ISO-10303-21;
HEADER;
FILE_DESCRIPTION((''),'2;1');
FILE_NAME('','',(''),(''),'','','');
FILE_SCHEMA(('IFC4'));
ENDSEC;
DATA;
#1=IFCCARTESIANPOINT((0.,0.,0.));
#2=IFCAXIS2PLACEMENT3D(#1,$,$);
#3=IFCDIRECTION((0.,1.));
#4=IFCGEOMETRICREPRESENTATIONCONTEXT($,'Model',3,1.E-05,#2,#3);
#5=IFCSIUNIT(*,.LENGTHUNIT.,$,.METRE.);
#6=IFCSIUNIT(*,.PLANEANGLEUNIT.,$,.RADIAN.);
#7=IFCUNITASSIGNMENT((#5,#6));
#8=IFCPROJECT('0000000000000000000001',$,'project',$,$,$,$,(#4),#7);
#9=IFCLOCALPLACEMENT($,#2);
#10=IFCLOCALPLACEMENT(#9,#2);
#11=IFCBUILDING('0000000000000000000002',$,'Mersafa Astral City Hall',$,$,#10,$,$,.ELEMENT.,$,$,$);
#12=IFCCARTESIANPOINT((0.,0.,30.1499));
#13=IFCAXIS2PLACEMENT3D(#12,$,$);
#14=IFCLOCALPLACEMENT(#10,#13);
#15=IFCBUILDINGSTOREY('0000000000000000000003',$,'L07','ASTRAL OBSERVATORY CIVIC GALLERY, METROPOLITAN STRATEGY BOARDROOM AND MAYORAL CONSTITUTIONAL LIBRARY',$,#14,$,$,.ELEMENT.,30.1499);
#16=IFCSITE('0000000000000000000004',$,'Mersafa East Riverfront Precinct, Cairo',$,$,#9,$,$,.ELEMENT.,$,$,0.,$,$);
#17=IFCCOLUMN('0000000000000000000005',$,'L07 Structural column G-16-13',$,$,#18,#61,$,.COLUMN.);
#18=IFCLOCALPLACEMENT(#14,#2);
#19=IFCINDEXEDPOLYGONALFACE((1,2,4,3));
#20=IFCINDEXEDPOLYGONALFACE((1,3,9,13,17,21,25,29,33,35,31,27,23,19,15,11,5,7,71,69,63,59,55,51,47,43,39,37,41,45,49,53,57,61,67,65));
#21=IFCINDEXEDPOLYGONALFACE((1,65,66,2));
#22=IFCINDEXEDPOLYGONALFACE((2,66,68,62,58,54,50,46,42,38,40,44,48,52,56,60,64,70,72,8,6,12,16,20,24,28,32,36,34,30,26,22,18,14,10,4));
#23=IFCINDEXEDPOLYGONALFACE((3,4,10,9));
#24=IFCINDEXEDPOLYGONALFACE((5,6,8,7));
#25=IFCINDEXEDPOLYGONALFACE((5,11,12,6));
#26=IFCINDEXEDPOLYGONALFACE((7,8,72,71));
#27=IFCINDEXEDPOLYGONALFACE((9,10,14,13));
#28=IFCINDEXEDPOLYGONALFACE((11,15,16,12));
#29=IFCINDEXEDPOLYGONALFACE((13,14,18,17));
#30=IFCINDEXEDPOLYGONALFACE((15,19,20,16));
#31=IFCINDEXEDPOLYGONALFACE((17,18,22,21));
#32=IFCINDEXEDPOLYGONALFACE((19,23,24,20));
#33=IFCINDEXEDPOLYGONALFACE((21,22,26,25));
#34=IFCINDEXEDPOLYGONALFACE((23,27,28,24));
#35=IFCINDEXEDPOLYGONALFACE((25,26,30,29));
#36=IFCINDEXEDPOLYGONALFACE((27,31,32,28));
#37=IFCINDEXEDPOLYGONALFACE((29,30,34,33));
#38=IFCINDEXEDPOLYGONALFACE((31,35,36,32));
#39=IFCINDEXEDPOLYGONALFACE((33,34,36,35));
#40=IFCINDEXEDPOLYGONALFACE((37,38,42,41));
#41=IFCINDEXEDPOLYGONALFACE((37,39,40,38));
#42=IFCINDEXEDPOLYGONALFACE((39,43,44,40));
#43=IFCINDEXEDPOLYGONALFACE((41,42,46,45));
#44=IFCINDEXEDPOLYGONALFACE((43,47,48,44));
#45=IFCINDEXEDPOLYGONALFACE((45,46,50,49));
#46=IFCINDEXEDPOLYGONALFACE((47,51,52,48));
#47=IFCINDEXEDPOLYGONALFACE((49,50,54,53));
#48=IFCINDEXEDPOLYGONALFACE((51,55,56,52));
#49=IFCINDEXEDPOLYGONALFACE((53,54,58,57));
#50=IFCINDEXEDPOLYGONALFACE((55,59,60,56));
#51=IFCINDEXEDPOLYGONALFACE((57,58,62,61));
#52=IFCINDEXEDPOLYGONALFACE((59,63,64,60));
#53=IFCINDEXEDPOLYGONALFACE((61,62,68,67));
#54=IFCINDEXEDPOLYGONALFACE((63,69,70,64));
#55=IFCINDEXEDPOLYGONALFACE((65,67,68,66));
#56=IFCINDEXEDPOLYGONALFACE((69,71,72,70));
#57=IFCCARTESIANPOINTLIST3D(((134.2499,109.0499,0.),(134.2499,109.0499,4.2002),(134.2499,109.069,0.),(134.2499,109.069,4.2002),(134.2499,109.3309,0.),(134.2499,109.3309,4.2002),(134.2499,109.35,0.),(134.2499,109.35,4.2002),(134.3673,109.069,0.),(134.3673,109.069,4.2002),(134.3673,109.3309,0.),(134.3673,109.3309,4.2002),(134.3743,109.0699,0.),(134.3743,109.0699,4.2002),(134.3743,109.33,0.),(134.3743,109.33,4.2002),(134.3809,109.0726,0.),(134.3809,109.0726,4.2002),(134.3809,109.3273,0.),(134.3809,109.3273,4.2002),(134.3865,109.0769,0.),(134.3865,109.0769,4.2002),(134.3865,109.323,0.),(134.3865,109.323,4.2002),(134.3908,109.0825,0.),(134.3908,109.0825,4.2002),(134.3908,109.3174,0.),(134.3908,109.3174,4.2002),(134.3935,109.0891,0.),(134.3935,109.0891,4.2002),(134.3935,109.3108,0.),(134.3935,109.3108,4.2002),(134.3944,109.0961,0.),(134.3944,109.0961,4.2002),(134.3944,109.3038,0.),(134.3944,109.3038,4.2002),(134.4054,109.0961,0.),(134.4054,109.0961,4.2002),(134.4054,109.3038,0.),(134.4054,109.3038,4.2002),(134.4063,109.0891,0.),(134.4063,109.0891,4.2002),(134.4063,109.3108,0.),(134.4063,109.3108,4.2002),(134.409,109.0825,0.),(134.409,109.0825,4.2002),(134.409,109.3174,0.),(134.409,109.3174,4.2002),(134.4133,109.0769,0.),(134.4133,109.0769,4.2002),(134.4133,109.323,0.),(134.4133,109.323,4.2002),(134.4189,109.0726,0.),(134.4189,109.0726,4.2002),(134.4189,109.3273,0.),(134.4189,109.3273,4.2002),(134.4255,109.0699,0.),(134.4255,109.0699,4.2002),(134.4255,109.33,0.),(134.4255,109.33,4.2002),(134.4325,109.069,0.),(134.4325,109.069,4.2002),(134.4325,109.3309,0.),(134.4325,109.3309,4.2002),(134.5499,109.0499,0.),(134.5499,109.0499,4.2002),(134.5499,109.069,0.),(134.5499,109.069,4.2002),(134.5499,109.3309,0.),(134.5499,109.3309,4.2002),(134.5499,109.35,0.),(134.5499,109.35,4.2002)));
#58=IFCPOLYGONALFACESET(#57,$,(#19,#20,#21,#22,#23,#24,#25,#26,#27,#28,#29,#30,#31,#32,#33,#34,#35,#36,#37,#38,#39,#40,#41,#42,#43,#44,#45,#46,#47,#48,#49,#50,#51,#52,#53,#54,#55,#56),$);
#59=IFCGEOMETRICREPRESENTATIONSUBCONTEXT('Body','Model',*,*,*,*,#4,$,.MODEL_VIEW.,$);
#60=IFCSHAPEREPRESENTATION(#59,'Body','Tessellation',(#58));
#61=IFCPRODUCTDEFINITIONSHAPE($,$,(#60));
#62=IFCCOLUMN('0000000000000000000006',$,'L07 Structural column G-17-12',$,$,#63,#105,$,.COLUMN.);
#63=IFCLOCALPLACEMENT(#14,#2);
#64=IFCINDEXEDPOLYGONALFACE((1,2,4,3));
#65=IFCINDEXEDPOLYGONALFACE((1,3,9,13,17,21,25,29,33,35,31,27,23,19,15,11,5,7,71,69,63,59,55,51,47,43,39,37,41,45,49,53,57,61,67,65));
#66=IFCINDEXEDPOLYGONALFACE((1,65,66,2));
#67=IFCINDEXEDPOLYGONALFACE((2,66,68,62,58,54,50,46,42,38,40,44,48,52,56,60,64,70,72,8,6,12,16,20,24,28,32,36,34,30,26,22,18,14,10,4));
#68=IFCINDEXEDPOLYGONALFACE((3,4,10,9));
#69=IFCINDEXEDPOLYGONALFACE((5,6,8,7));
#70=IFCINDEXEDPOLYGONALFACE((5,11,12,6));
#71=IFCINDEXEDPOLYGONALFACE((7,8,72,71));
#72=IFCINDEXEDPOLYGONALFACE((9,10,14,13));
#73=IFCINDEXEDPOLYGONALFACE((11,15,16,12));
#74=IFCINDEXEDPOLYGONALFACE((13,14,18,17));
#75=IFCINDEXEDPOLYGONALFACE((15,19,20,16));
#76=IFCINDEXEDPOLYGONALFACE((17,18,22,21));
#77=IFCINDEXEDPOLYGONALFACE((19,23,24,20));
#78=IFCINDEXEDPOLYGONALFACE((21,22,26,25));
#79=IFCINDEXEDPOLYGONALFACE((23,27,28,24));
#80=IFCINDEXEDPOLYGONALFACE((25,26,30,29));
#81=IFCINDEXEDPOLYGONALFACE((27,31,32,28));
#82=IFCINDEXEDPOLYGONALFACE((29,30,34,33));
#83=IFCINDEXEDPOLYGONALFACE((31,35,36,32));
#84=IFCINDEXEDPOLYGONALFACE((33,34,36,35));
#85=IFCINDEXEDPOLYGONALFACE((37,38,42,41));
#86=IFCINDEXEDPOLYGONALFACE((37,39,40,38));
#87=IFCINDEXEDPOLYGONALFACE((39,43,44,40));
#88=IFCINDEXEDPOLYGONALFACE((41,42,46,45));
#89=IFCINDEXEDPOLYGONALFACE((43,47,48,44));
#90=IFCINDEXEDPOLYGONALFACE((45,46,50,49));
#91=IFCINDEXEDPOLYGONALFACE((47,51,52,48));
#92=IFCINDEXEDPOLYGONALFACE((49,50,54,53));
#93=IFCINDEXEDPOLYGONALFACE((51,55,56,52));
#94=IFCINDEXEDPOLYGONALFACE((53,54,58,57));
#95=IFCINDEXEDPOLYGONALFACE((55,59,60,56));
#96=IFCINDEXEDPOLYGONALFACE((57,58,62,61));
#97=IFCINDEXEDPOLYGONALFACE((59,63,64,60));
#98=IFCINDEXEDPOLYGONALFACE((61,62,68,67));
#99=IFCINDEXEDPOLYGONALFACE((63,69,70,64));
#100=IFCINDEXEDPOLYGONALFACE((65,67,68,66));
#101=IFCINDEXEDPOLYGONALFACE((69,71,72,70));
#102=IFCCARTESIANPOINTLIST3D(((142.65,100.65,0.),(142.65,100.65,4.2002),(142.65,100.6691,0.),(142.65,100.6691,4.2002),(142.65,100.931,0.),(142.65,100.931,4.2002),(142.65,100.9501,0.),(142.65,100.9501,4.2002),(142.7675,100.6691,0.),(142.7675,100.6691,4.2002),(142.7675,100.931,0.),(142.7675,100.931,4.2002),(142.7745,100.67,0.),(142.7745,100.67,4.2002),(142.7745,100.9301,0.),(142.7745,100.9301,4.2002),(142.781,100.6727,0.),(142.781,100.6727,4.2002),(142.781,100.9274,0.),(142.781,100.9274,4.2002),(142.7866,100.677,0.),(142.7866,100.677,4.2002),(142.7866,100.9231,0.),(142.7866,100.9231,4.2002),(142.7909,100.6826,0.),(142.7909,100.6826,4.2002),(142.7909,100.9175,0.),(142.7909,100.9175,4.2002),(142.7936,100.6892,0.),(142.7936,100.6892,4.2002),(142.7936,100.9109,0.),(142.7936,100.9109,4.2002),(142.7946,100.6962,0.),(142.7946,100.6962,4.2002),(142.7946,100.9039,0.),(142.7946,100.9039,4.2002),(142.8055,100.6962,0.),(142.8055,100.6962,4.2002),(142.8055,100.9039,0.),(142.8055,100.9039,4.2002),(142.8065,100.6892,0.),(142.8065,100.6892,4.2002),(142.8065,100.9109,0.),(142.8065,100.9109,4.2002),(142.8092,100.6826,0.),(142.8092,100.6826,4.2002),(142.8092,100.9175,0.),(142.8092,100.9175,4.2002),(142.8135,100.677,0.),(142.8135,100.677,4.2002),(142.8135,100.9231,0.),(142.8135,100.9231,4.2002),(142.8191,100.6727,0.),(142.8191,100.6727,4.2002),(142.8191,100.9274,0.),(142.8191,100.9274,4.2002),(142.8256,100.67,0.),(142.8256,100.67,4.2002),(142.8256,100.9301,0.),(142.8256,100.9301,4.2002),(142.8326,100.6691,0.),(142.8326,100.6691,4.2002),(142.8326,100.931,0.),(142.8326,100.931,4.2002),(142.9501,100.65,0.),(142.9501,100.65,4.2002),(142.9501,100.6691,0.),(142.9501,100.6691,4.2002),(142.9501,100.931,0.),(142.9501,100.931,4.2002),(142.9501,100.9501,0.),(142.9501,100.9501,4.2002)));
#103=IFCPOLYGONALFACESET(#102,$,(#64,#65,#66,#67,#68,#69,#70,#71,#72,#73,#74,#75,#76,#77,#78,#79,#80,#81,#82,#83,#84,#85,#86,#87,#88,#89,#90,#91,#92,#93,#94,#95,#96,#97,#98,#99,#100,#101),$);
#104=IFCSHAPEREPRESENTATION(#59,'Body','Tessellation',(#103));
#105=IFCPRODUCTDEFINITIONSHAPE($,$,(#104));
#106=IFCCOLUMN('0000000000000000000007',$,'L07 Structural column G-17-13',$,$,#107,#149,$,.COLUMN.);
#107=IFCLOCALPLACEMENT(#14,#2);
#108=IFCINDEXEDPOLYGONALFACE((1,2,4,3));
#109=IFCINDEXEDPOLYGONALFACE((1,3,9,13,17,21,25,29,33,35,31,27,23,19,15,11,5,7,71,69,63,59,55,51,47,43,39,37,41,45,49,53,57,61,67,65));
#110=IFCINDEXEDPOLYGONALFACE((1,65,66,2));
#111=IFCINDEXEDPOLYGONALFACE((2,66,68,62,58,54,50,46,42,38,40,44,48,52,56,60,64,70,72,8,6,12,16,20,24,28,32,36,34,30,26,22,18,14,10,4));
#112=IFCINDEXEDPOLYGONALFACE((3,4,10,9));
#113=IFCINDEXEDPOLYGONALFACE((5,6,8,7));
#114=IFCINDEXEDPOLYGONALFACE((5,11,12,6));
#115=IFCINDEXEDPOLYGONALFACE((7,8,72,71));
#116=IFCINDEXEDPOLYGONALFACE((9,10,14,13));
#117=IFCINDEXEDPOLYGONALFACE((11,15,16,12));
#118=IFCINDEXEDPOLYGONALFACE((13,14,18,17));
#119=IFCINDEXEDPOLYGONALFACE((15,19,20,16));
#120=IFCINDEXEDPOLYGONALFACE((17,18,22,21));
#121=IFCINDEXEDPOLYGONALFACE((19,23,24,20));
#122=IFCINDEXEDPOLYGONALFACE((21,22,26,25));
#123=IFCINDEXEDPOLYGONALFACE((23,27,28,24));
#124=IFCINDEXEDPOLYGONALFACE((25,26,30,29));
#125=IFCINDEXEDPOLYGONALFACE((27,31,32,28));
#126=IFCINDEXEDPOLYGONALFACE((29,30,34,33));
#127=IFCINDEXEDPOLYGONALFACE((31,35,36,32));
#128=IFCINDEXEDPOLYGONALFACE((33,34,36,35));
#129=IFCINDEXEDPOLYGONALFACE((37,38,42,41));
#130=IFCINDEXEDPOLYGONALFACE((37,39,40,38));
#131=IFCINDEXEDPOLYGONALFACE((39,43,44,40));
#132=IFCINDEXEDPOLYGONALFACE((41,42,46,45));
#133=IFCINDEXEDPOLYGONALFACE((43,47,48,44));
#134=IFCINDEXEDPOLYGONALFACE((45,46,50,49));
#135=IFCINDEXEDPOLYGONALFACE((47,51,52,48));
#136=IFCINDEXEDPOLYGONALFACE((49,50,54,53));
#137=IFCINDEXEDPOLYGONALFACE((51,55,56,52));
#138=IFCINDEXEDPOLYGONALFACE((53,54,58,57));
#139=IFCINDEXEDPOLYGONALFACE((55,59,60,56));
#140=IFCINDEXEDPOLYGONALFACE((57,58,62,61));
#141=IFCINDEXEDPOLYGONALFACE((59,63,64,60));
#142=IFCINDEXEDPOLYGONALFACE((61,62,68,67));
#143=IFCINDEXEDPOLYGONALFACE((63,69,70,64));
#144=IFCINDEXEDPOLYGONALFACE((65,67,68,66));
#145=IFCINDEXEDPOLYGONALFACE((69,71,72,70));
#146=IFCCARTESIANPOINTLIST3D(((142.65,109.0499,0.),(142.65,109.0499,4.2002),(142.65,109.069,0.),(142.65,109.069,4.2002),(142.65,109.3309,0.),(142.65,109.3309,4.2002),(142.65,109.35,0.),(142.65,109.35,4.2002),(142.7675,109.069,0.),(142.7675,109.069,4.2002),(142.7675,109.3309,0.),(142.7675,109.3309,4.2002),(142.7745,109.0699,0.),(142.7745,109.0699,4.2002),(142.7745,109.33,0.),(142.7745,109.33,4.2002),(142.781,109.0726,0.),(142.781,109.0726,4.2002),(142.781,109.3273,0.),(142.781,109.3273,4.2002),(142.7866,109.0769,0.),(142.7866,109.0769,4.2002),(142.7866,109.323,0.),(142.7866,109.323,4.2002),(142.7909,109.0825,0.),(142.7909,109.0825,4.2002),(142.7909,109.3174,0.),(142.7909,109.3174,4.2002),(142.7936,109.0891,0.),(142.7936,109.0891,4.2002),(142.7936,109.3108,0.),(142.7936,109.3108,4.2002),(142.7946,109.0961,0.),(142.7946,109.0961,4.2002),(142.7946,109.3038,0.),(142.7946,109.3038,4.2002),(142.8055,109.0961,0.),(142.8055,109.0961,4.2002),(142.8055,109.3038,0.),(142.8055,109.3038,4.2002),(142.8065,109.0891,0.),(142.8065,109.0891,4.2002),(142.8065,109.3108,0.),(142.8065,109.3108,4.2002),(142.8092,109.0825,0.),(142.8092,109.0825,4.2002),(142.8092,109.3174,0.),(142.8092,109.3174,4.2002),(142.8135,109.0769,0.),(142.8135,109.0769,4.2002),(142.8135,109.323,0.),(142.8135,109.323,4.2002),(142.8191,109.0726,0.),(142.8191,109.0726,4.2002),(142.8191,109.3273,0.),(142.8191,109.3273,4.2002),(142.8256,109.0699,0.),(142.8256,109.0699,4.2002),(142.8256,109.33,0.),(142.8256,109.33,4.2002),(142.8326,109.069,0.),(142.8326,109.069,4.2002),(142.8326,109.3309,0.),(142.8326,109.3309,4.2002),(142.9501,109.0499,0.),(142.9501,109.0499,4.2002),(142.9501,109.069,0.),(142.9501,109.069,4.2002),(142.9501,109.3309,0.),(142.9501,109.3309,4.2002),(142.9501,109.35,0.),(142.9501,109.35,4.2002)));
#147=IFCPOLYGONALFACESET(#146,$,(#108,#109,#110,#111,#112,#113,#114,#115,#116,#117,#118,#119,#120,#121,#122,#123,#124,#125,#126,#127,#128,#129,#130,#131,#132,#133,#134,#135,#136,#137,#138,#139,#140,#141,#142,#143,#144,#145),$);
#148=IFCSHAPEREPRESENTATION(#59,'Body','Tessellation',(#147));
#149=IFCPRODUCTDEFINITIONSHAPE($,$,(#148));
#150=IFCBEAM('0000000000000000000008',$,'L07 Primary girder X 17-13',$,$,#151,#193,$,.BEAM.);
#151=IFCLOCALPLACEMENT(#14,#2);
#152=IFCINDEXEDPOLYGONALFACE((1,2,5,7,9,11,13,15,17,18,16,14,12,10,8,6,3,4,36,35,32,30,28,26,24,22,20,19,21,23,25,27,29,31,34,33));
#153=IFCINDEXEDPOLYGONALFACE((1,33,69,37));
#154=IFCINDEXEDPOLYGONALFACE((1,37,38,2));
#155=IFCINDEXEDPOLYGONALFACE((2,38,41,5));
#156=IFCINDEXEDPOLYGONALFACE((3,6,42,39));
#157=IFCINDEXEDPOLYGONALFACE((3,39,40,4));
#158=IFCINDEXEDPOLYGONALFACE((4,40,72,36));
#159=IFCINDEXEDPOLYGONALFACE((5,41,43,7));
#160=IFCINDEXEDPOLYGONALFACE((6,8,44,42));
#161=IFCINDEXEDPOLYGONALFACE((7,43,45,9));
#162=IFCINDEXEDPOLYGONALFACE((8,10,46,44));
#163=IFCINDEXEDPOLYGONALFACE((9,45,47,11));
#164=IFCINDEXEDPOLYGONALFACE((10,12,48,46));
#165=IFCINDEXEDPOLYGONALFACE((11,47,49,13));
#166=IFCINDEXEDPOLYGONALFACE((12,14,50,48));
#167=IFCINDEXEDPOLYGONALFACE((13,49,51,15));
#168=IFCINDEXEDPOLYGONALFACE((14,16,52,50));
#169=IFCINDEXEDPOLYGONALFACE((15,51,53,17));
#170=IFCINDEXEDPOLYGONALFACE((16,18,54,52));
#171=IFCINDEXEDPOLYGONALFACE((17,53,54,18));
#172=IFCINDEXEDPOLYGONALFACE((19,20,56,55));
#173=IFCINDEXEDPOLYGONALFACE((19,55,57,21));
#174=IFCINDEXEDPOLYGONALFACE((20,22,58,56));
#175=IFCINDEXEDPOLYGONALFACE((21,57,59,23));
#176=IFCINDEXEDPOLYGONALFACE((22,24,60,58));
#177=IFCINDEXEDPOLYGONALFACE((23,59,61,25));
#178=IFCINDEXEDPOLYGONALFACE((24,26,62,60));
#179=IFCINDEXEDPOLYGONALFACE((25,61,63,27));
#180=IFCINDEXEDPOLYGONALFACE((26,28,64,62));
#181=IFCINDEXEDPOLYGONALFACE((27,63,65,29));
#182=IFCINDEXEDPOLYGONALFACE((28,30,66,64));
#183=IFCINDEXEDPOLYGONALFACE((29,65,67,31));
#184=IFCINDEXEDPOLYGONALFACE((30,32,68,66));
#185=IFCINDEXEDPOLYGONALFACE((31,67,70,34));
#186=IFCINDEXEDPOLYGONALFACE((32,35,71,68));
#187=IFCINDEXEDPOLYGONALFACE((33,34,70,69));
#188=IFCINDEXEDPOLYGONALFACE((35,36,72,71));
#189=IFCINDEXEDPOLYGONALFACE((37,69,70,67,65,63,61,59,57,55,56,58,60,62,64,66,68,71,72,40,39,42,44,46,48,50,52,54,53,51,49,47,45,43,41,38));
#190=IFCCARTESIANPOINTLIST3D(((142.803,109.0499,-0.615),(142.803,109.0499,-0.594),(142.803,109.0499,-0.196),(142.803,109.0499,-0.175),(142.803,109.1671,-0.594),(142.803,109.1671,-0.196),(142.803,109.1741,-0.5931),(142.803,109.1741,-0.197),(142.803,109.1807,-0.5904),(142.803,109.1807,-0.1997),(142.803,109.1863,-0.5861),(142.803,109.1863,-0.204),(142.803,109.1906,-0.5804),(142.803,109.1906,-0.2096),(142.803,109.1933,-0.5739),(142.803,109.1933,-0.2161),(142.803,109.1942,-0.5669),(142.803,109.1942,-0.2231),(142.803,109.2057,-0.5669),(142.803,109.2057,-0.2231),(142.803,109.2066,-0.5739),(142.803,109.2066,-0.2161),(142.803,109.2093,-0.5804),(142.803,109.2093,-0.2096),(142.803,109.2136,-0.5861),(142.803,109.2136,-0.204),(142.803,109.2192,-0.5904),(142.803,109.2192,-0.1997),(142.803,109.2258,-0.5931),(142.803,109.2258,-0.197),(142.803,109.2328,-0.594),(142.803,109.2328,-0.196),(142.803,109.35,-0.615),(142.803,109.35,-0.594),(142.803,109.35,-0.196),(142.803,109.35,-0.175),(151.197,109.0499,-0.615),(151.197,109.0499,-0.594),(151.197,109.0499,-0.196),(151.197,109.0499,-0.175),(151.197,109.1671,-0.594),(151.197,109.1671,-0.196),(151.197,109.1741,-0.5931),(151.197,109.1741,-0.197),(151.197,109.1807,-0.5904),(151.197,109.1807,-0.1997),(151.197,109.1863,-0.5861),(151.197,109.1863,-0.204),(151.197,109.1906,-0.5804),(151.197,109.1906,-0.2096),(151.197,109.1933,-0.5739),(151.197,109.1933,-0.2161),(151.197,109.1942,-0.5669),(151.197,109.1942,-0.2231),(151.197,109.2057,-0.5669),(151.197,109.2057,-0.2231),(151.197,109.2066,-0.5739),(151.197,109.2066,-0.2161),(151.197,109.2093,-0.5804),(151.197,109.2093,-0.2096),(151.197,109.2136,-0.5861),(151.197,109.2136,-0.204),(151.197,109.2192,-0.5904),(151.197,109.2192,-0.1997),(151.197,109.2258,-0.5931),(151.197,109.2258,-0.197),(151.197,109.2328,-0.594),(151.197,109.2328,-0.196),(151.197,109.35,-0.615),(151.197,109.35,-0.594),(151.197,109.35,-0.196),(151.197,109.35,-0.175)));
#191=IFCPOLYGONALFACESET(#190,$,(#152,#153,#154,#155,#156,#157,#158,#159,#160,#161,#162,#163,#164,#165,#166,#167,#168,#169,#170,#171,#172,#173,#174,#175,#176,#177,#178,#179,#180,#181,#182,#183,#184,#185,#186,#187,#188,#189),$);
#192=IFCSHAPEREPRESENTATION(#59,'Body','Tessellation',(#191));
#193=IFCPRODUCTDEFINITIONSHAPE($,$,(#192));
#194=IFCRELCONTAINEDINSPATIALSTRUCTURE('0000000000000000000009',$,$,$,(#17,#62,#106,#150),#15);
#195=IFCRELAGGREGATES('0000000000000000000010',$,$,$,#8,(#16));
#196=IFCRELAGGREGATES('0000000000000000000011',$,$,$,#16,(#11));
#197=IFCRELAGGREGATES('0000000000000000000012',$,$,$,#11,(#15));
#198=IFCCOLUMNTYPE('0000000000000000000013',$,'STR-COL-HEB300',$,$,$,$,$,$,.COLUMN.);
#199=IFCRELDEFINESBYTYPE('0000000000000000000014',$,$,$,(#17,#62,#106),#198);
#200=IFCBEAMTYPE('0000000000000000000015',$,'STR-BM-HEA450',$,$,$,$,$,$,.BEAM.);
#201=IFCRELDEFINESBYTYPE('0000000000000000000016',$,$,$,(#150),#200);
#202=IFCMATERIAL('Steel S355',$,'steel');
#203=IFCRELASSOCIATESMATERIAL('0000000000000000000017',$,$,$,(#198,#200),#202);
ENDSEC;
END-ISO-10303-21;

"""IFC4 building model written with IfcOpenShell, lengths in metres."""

from ifc_helpers import new_model, si_unit, direction, frame, origin, origin_2d, place, context, subcontext, project, spatial, i_section, extrude, material, material_profile, profile_set, type_object, element, save


model = new_model("IFC4")

# Units and contexts
model_context = context("Model", 3, precision=1e-05, world=origin(), true_north=direction((0.0, 1.0)))
body_context = subcontext(model_context, "Body", "Model", "MODEL_VIEW")
ifc_project = project(units=[si_unit("LENGTHUNIT", "METRE"), si_unit("PLANEANGLEUNIT", "RADIAN")], contexts=[model_context])

# Site, building, storey
site_placement = place(None, origin())
site = spatial("IfcSite", under=ifc_project, at=site_placement, Name="Mersafa East Riverfront Precinct, Cairo", CompositionType="ELEMENT", RefElevation=0.0)
building_placement = place(site_placement, origin())
building = spatial("IfcBuilding", under=site, at=building_placement, Name="Mersafa Astral City Hall", CompositionType="ELEMENT")
storey_placement = place(building_placement, frame((0.0, 0.0, 30.1499)))
storey = spatial("IfcBuildingStorey", under=building, at=storey_placement, Name="L07", Description="ASTRAL OBSERVATORY CIVIC GALLERY, METROPOLITAN STRATEGY BOARDROOM AND MAYORAL CONSTITUTIONAL LIBRARY", CompositionType="ELEMENT", Elevation=30.1499)

# Columns
ifc_material_1 = material(Name="Steel S355", Category="steel")
ifc_material_profile_1 = material_profile(ifc_material_1, i_section(OverallWidth=0.3, OverallDepth=0.3, WebThickness=0.011, FlangeThickness=0.019, FilletRadius=0.0271, at=origin_2d()), Name="HEB 300")
ifc_profile_set_1 = profile_set([ifc_material_profile_1], Name="Steel S355")
column_type = type_object("IfcColumnType", Name="STR-COL-HEB300", PredefinedType="COLUMN", material=ifc_profile_set_1)
for number, where, z_axis, x_axis, name in (
    (1, (134.3999, 109.2, 0.0), (0.0, 0.0, 1.0), (1.0, 0.0, 0.0), "L07 Structural column G-16-13"),
    (2, (142.8, 100.8, 0.0), (0.0, 0.0, 1.0), (1.0, 0.0, 0.0), "L07 Structural column G-17-12"),
    (3, (142.8, 109.2, 0.0), (0.0, 0.0, 1.0), (1.0, 0.0, 0.0), "L07 Structural column G-17-13"),
):
    element("IfcColumn", number, at=place(storey_placement, frame(where, z_axis=z_axis, x_axis=x_axis)), inside=storey, type_object=column_type, Name=name, PredefinedType="COLUMN", context=body_context, shape_type="SweptSolid", body=[
        extrude(i_section(OverallWidth=0.3, OverallDepth=0.3, WebThickness=0.011, FlangeThickness=0.019, FilletRadius=0.0271, at=origin_2d()), origin(), (0.0, 0.0, 1.0), 4.2002),
    ])

# Beam
ifc_material_profile_2 = material_profile(ifc_material_1, i_section(OverallWidth=0.3, OverallDepth=0.4399, WebThickness=0.0115, FlangeThickness=0.021, FilletRadius=0.0271, at=origin_2d()), Name="HEA 450")
ifc_profile_set_2 = profile_set([ifc_material_profile_2], Name="Steel S355")
beam_type_1 = type_object("IfcBeamType", Name="STR-BM-HEA450", PredefinedType="BEAM", material=ifc_profile_set_2)
beam_1_placement = place(storey_placement, frame((142.803, 109.2, -0.395), z_axis=(1.0, 0.0, 0.0), x_axis=(0.0, 1.0, 0.0)))
element("IfcBeam", 4, at=beam_1_placement, inside=storey, type_object=beam_type_1, Name="L07 Primary girder X 17-13", PredefinedType="BEAM", context=body_context, shape_type="SweptSolid", body=[
    extrude(i_section(OverallWidth=0.3, OverallDepth=0.4399, WebThickness=0.0115, FlangeThickness=0.021, FilletRadius=0.0271, at=origin_2d()), origin(), (0.0, 0.0, 1.0), 8.394),
])

save(model, "model.ifc")
